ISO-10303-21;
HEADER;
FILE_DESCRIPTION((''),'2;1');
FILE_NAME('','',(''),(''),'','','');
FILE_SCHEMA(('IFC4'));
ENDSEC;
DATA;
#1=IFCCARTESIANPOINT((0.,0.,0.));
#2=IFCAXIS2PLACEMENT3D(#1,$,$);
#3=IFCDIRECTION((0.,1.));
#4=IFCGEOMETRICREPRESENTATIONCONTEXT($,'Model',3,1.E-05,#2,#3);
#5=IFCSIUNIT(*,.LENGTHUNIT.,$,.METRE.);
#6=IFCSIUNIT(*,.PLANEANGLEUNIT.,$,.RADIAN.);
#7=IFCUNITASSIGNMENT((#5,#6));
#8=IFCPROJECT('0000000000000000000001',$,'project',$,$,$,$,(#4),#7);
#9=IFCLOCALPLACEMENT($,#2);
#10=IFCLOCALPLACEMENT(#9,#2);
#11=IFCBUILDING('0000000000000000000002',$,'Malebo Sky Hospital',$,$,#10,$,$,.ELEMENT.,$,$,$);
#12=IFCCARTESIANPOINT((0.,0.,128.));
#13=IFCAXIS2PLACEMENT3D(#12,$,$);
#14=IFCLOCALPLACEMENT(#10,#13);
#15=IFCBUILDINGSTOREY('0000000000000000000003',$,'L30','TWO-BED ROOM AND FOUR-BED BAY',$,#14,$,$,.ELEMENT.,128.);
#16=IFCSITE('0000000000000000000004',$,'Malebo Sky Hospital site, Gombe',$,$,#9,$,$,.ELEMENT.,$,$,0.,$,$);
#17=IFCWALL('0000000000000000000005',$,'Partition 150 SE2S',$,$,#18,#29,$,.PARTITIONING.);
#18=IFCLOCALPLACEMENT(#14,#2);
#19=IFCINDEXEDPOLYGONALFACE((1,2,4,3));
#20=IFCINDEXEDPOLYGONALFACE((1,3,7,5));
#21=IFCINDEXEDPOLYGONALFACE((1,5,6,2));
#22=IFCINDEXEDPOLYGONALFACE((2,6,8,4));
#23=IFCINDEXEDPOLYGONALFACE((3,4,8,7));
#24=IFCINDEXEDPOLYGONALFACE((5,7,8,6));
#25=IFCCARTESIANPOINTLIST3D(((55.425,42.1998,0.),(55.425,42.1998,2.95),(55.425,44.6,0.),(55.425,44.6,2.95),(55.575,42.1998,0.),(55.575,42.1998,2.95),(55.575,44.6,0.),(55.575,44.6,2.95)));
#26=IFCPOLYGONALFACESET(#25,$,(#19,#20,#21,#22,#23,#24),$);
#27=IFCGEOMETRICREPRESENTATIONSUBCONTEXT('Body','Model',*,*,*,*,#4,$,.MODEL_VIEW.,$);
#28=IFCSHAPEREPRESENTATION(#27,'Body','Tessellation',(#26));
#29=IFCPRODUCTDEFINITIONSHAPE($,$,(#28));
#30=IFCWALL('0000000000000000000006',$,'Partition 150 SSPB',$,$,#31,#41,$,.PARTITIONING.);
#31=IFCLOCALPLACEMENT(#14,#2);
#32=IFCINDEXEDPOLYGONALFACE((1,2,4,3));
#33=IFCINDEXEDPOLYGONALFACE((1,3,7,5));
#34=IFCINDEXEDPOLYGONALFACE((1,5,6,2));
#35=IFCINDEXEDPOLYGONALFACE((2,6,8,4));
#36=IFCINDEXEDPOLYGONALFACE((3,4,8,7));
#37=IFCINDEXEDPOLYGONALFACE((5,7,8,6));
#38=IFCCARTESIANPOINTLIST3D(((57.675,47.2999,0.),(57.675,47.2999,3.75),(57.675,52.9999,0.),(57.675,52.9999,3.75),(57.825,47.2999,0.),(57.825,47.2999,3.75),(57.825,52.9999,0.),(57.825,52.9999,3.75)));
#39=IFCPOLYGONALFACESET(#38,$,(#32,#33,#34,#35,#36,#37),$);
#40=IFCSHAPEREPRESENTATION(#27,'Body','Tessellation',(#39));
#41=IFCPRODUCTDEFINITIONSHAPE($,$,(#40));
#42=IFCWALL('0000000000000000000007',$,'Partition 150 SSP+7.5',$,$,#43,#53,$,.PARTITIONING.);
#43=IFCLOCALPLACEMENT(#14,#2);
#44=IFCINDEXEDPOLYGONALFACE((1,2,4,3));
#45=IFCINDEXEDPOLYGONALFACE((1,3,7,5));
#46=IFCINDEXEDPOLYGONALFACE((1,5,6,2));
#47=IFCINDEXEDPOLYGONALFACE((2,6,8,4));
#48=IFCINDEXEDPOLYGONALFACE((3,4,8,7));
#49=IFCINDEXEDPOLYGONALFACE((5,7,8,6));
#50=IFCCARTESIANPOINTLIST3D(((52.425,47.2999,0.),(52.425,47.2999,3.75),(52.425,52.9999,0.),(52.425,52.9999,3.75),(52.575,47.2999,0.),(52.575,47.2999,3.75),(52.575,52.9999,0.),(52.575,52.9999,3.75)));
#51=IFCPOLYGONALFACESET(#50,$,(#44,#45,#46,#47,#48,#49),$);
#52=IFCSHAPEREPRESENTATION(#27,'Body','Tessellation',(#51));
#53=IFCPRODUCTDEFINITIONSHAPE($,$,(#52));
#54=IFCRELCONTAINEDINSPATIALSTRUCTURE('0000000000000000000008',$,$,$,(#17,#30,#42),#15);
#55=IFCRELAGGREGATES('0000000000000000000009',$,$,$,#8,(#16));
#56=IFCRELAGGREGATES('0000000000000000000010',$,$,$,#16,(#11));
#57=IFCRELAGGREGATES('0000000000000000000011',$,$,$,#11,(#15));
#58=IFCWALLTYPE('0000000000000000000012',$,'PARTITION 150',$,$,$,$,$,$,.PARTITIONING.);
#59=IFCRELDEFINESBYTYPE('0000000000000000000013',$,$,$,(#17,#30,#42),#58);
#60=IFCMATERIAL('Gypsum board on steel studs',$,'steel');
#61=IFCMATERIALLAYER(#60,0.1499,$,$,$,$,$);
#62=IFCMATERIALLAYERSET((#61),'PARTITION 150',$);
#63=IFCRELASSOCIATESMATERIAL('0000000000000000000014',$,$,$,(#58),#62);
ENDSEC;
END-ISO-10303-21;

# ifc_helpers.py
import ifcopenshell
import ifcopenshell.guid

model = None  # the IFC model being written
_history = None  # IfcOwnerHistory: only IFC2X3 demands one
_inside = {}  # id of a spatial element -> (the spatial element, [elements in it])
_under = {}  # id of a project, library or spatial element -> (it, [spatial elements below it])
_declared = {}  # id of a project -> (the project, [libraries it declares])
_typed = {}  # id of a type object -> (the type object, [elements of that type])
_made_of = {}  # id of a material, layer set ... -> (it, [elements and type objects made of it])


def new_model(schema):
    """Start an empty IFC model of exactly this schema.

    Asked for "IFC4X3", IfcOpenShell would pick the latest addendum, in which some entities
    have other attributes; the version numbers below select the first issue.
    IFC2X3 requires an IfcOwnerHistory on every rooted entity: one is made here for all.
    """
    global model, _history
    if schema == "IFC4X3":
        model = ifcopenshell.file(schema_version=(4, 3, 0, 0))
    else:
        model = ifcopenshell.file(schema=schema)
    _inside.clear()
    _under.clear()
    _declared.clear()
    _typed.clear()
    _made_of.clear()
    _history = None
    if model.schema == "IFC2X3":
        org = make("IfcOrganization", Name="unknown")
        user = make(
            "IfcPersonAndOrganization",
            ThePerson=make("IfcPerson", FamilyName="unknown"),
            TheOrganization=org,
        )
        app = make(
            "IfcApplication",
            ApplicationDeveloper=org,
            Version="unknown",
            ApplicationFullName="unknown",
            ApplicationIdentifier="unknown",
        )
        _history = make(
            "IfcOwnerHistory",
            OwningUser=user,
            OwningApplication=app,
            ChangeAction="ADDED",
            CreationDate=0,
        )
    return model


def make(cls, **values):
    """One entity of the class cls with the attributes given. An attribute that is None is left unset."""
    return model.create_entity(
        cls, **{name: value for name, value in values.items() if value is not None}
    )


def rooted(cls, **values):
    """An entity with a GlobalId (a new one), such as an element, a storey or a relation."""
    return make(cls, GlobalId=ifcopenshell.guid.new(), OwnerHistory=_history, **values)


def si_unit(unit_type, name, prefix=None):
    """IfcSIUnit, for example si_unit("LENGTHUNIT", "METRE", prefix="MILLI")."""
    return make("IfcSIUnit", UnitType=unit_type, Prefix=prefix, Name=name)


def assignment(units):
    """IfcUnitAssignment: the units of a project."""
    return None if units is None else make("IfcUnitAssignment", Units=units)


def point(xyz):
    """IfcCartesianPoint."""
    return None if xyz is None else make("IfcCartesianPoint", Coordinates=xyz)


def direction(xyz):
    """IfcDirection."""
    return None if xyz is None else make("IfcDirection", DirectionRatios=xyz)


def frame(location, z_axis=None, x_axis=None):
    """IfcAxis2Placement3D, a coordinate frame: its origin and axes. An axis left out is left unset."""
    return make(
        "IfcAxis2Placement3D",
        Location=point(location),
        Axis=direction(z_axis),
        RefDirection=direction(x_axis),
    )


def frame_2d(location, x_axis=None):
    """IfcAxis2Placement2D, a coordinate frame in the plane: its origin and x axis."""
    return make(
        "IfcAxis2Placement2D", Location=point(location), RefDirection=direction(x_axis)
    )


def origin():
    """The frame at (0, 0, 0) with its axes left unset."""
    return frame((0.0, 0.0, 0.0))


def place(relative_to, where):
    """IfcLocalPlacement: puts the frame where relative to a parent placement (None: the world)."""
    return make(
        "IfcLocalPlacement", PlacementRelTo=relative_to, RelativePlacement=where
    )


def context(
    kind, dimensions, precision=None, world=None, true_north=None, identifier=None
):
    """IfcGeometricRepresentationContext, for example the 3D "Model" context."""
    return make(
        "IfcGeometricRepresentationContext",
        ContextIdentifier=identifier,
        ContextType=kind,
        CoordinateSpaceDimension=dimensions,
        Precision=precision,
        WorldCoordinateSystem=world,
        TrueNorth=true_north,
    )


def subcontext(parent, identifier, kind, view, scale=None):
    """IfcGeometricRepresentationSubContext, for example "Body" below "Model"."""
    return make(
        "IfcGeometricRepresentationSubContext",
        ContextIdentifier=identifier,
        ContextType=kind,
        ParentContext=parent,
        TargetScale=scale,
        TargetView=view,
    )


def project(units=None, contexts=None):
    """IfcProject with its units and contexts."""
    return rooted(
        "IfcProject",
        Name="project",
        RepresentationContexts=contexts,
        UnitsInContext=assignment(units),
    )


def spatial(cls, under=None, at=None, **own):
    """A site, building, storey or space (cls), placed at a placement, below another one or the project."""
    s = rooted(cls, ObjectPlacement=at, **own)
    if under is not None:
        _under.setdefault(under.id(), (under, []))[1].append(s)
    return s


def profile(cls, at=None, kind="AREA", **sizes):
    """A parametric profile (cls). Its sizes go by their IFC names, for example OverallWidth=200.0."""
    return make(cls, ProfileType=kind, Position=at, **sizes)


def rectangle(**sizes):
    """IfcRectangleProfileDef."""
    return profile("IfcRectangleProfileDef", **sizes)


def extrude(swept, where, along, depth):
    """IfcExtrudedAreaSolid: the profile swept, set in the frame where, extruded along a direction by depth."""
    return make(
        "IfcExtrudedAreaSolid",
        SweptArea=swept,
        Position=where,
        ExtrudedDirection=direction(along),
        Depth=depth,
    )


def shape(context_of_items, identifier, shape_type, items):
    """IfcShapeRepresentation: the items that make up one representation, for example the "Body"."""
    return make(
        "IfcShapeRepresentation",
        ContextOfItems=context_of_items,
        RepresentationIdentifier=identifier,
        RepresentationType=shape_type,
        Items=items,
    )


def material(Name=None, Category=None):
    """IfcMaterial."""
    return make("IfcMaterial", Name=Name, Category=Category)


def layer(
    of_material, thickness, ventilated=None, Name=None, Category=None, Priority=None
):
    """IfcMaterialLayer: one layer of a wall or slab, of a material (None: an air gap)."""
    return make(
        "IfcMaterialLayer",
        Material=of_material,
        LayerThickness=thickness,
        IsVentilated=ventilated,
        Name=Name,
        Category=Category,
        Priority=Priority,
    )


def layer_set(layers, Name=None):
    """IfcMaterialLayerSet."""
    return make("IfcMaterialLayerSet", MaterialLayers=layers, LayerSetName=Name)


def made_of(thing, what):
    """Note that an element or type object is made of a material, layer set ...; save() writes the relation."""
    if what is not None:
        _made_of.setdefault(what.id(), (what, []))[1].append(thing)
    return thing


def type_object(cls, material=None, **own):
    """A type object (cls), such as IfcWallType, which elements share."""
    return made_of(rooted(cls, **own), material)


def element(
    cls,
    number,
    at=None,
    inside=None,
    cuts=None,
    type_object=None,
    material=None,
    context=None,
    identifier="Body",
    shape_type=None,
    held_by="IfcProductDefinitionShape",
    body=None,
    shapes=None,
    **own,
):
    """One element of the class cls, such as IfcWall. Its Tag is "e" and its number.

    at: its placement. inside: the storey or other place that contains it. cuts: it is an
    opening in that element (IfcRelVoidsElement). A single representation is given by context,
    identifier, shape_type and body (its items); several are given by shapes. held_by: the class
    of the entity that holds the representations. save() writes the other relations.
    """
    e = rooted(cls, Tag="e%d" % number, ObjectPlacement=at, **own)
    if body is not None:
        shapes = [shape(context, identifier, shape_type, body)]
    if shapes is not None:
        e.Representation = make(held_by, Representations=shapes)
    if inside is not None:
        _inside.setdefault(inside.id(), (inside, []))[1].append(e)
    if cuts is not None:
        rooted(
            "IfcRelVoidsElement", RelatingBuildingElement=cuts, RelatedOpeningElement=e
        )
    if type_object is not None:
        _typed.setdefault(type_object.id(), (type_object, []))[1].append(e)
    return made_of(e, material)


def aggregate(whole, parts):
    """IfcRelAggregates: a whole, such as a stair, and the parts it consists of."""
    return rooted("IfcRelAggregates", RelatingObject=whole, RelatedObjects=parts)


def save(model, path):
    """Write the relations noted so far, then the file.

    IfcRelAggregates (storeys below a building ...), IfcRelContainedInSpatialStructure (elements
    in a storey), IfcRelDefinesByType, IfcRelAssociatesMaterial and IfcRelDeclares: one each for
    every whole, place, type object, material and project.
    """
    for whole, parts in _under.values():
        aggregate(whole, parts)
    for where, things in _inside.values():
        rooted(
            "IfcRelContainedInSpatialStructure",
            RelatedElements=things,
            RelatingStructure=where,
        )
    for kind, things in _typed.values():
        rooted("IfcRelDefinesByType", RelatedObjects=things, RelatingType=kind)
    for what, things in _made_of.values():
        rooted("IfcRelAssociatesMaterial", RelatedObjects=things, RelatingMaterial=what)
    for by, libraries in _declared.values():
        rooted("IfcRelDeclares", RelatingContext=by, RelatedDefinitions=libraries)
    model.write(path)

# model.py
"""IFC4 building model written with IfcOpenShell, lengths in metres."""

from ifc_helpers import new_model, si_unit, direction, frame, frame_2d, origin, place, context, subcontext, project, spatial, rectangle, extrude, material, layer, layer_set, type_object, element, save


model = new_model("IFC4")

# Units and contexts
model_context = context("Model", 3, precision=1e-05, world=origin(), true_north=direction((0.0, 1.0)))
body_context = subcontext(model_context, "Body", "Model", "MODEL_VIEW")
ifc_project = project(units=[si_unit("LENGTHUNIT", "METRE"), si_unit("PLANEANGLEUNIT", "RADIAN")], contexts=[model_context])

# Site, building, storey
site_placement = place(None, origin())
site = spatial("IfcSite", under=ifc_project, at=site_placement, Name="Malebo Sky Hospital site, Gombe", CompositionType="ELEMENT", RefElevation=0.0)
building_placement = place(site_placement, origin())
building = spatial("IfcBuilding", under=site, at=building_placement, Name="Malebo Sky Hospital", CompositionType="ELEMENT")
storey_placement = place(building_placement, frame((0.0, 0.0, 128.0)))
storey = spatial("IfcBuildingStorey", under=building, at=storey_placement, Name="L30", Description="TWO-BED ROOM AND FOUR-BED BAY", CompositionType="ELEMENT", Elevation=128.0)

# Shared definitions
ifc_material_1 = material(Name="Gypsum board on steel studs", Category="steel")

# Shared definitions
ifc_layer_1 = layer(ifc_material_1, 0.1499)
ifc_layer_set_1 = layer_set([ifc_layer_1], Name="PARTITION 150")
wall_type_1 = type_object("IfcWallType", Name="PARTITION 150", PredefinedType="PARTITIONING", material=ifc_layer_set_1)

# Walls
wall_1_placement = place(storey_placement, frame((55.5, 44.6001, 0.0), z_axis=(0.0, 0.0, 1.0), x_axis=(0.0, -1.0, 0.0)))
element("IfcWall", 1, at=wall_1_placement, inside=storey, type_object=wall_type_1, Name="Partition 150 SE2S", PredefinedType="PARTITIONING", context=body_context, shape_type="SweptSolid", body=[
    extrude(rectangle(XDim=2.4001, YDim=0.1499, at=frame_2d((1.2002, 0.0))), origin(), (0.0, 0.0, 1.0), 2.95),
])
for number, where, z_axis, x_axis, name in (
    (2, (57.75, 53.0, 0.0), (0.0, 0.0, 1.0), (0.0, -1.0, 0.0), "Partition 150 SSPB"),
    (3, (52.5, 53.0, 0.0), (0.0, 0.0, 1.0), (0.0, -1.0, 0.0), "Partition 150 SSP+7.5"),
):
    element("IfcWall", number, at=place(storey_placement, frame(where, z_axis=z_axis, x_axis=x_axis)), inside=storey, type_object=wall_type_1, Name=name, PredefinedType="PARTITIONING", context=body_context, shape_type="SweptSolid", body=[
        extrude(rectangle(XDim=5.7, YDim=0.1499, at=frame_2d((2.8501, 0.0))), origin(), (0.0, 0.0, 1.0), 3.75),
    ])

save(model, "model.ifc")
